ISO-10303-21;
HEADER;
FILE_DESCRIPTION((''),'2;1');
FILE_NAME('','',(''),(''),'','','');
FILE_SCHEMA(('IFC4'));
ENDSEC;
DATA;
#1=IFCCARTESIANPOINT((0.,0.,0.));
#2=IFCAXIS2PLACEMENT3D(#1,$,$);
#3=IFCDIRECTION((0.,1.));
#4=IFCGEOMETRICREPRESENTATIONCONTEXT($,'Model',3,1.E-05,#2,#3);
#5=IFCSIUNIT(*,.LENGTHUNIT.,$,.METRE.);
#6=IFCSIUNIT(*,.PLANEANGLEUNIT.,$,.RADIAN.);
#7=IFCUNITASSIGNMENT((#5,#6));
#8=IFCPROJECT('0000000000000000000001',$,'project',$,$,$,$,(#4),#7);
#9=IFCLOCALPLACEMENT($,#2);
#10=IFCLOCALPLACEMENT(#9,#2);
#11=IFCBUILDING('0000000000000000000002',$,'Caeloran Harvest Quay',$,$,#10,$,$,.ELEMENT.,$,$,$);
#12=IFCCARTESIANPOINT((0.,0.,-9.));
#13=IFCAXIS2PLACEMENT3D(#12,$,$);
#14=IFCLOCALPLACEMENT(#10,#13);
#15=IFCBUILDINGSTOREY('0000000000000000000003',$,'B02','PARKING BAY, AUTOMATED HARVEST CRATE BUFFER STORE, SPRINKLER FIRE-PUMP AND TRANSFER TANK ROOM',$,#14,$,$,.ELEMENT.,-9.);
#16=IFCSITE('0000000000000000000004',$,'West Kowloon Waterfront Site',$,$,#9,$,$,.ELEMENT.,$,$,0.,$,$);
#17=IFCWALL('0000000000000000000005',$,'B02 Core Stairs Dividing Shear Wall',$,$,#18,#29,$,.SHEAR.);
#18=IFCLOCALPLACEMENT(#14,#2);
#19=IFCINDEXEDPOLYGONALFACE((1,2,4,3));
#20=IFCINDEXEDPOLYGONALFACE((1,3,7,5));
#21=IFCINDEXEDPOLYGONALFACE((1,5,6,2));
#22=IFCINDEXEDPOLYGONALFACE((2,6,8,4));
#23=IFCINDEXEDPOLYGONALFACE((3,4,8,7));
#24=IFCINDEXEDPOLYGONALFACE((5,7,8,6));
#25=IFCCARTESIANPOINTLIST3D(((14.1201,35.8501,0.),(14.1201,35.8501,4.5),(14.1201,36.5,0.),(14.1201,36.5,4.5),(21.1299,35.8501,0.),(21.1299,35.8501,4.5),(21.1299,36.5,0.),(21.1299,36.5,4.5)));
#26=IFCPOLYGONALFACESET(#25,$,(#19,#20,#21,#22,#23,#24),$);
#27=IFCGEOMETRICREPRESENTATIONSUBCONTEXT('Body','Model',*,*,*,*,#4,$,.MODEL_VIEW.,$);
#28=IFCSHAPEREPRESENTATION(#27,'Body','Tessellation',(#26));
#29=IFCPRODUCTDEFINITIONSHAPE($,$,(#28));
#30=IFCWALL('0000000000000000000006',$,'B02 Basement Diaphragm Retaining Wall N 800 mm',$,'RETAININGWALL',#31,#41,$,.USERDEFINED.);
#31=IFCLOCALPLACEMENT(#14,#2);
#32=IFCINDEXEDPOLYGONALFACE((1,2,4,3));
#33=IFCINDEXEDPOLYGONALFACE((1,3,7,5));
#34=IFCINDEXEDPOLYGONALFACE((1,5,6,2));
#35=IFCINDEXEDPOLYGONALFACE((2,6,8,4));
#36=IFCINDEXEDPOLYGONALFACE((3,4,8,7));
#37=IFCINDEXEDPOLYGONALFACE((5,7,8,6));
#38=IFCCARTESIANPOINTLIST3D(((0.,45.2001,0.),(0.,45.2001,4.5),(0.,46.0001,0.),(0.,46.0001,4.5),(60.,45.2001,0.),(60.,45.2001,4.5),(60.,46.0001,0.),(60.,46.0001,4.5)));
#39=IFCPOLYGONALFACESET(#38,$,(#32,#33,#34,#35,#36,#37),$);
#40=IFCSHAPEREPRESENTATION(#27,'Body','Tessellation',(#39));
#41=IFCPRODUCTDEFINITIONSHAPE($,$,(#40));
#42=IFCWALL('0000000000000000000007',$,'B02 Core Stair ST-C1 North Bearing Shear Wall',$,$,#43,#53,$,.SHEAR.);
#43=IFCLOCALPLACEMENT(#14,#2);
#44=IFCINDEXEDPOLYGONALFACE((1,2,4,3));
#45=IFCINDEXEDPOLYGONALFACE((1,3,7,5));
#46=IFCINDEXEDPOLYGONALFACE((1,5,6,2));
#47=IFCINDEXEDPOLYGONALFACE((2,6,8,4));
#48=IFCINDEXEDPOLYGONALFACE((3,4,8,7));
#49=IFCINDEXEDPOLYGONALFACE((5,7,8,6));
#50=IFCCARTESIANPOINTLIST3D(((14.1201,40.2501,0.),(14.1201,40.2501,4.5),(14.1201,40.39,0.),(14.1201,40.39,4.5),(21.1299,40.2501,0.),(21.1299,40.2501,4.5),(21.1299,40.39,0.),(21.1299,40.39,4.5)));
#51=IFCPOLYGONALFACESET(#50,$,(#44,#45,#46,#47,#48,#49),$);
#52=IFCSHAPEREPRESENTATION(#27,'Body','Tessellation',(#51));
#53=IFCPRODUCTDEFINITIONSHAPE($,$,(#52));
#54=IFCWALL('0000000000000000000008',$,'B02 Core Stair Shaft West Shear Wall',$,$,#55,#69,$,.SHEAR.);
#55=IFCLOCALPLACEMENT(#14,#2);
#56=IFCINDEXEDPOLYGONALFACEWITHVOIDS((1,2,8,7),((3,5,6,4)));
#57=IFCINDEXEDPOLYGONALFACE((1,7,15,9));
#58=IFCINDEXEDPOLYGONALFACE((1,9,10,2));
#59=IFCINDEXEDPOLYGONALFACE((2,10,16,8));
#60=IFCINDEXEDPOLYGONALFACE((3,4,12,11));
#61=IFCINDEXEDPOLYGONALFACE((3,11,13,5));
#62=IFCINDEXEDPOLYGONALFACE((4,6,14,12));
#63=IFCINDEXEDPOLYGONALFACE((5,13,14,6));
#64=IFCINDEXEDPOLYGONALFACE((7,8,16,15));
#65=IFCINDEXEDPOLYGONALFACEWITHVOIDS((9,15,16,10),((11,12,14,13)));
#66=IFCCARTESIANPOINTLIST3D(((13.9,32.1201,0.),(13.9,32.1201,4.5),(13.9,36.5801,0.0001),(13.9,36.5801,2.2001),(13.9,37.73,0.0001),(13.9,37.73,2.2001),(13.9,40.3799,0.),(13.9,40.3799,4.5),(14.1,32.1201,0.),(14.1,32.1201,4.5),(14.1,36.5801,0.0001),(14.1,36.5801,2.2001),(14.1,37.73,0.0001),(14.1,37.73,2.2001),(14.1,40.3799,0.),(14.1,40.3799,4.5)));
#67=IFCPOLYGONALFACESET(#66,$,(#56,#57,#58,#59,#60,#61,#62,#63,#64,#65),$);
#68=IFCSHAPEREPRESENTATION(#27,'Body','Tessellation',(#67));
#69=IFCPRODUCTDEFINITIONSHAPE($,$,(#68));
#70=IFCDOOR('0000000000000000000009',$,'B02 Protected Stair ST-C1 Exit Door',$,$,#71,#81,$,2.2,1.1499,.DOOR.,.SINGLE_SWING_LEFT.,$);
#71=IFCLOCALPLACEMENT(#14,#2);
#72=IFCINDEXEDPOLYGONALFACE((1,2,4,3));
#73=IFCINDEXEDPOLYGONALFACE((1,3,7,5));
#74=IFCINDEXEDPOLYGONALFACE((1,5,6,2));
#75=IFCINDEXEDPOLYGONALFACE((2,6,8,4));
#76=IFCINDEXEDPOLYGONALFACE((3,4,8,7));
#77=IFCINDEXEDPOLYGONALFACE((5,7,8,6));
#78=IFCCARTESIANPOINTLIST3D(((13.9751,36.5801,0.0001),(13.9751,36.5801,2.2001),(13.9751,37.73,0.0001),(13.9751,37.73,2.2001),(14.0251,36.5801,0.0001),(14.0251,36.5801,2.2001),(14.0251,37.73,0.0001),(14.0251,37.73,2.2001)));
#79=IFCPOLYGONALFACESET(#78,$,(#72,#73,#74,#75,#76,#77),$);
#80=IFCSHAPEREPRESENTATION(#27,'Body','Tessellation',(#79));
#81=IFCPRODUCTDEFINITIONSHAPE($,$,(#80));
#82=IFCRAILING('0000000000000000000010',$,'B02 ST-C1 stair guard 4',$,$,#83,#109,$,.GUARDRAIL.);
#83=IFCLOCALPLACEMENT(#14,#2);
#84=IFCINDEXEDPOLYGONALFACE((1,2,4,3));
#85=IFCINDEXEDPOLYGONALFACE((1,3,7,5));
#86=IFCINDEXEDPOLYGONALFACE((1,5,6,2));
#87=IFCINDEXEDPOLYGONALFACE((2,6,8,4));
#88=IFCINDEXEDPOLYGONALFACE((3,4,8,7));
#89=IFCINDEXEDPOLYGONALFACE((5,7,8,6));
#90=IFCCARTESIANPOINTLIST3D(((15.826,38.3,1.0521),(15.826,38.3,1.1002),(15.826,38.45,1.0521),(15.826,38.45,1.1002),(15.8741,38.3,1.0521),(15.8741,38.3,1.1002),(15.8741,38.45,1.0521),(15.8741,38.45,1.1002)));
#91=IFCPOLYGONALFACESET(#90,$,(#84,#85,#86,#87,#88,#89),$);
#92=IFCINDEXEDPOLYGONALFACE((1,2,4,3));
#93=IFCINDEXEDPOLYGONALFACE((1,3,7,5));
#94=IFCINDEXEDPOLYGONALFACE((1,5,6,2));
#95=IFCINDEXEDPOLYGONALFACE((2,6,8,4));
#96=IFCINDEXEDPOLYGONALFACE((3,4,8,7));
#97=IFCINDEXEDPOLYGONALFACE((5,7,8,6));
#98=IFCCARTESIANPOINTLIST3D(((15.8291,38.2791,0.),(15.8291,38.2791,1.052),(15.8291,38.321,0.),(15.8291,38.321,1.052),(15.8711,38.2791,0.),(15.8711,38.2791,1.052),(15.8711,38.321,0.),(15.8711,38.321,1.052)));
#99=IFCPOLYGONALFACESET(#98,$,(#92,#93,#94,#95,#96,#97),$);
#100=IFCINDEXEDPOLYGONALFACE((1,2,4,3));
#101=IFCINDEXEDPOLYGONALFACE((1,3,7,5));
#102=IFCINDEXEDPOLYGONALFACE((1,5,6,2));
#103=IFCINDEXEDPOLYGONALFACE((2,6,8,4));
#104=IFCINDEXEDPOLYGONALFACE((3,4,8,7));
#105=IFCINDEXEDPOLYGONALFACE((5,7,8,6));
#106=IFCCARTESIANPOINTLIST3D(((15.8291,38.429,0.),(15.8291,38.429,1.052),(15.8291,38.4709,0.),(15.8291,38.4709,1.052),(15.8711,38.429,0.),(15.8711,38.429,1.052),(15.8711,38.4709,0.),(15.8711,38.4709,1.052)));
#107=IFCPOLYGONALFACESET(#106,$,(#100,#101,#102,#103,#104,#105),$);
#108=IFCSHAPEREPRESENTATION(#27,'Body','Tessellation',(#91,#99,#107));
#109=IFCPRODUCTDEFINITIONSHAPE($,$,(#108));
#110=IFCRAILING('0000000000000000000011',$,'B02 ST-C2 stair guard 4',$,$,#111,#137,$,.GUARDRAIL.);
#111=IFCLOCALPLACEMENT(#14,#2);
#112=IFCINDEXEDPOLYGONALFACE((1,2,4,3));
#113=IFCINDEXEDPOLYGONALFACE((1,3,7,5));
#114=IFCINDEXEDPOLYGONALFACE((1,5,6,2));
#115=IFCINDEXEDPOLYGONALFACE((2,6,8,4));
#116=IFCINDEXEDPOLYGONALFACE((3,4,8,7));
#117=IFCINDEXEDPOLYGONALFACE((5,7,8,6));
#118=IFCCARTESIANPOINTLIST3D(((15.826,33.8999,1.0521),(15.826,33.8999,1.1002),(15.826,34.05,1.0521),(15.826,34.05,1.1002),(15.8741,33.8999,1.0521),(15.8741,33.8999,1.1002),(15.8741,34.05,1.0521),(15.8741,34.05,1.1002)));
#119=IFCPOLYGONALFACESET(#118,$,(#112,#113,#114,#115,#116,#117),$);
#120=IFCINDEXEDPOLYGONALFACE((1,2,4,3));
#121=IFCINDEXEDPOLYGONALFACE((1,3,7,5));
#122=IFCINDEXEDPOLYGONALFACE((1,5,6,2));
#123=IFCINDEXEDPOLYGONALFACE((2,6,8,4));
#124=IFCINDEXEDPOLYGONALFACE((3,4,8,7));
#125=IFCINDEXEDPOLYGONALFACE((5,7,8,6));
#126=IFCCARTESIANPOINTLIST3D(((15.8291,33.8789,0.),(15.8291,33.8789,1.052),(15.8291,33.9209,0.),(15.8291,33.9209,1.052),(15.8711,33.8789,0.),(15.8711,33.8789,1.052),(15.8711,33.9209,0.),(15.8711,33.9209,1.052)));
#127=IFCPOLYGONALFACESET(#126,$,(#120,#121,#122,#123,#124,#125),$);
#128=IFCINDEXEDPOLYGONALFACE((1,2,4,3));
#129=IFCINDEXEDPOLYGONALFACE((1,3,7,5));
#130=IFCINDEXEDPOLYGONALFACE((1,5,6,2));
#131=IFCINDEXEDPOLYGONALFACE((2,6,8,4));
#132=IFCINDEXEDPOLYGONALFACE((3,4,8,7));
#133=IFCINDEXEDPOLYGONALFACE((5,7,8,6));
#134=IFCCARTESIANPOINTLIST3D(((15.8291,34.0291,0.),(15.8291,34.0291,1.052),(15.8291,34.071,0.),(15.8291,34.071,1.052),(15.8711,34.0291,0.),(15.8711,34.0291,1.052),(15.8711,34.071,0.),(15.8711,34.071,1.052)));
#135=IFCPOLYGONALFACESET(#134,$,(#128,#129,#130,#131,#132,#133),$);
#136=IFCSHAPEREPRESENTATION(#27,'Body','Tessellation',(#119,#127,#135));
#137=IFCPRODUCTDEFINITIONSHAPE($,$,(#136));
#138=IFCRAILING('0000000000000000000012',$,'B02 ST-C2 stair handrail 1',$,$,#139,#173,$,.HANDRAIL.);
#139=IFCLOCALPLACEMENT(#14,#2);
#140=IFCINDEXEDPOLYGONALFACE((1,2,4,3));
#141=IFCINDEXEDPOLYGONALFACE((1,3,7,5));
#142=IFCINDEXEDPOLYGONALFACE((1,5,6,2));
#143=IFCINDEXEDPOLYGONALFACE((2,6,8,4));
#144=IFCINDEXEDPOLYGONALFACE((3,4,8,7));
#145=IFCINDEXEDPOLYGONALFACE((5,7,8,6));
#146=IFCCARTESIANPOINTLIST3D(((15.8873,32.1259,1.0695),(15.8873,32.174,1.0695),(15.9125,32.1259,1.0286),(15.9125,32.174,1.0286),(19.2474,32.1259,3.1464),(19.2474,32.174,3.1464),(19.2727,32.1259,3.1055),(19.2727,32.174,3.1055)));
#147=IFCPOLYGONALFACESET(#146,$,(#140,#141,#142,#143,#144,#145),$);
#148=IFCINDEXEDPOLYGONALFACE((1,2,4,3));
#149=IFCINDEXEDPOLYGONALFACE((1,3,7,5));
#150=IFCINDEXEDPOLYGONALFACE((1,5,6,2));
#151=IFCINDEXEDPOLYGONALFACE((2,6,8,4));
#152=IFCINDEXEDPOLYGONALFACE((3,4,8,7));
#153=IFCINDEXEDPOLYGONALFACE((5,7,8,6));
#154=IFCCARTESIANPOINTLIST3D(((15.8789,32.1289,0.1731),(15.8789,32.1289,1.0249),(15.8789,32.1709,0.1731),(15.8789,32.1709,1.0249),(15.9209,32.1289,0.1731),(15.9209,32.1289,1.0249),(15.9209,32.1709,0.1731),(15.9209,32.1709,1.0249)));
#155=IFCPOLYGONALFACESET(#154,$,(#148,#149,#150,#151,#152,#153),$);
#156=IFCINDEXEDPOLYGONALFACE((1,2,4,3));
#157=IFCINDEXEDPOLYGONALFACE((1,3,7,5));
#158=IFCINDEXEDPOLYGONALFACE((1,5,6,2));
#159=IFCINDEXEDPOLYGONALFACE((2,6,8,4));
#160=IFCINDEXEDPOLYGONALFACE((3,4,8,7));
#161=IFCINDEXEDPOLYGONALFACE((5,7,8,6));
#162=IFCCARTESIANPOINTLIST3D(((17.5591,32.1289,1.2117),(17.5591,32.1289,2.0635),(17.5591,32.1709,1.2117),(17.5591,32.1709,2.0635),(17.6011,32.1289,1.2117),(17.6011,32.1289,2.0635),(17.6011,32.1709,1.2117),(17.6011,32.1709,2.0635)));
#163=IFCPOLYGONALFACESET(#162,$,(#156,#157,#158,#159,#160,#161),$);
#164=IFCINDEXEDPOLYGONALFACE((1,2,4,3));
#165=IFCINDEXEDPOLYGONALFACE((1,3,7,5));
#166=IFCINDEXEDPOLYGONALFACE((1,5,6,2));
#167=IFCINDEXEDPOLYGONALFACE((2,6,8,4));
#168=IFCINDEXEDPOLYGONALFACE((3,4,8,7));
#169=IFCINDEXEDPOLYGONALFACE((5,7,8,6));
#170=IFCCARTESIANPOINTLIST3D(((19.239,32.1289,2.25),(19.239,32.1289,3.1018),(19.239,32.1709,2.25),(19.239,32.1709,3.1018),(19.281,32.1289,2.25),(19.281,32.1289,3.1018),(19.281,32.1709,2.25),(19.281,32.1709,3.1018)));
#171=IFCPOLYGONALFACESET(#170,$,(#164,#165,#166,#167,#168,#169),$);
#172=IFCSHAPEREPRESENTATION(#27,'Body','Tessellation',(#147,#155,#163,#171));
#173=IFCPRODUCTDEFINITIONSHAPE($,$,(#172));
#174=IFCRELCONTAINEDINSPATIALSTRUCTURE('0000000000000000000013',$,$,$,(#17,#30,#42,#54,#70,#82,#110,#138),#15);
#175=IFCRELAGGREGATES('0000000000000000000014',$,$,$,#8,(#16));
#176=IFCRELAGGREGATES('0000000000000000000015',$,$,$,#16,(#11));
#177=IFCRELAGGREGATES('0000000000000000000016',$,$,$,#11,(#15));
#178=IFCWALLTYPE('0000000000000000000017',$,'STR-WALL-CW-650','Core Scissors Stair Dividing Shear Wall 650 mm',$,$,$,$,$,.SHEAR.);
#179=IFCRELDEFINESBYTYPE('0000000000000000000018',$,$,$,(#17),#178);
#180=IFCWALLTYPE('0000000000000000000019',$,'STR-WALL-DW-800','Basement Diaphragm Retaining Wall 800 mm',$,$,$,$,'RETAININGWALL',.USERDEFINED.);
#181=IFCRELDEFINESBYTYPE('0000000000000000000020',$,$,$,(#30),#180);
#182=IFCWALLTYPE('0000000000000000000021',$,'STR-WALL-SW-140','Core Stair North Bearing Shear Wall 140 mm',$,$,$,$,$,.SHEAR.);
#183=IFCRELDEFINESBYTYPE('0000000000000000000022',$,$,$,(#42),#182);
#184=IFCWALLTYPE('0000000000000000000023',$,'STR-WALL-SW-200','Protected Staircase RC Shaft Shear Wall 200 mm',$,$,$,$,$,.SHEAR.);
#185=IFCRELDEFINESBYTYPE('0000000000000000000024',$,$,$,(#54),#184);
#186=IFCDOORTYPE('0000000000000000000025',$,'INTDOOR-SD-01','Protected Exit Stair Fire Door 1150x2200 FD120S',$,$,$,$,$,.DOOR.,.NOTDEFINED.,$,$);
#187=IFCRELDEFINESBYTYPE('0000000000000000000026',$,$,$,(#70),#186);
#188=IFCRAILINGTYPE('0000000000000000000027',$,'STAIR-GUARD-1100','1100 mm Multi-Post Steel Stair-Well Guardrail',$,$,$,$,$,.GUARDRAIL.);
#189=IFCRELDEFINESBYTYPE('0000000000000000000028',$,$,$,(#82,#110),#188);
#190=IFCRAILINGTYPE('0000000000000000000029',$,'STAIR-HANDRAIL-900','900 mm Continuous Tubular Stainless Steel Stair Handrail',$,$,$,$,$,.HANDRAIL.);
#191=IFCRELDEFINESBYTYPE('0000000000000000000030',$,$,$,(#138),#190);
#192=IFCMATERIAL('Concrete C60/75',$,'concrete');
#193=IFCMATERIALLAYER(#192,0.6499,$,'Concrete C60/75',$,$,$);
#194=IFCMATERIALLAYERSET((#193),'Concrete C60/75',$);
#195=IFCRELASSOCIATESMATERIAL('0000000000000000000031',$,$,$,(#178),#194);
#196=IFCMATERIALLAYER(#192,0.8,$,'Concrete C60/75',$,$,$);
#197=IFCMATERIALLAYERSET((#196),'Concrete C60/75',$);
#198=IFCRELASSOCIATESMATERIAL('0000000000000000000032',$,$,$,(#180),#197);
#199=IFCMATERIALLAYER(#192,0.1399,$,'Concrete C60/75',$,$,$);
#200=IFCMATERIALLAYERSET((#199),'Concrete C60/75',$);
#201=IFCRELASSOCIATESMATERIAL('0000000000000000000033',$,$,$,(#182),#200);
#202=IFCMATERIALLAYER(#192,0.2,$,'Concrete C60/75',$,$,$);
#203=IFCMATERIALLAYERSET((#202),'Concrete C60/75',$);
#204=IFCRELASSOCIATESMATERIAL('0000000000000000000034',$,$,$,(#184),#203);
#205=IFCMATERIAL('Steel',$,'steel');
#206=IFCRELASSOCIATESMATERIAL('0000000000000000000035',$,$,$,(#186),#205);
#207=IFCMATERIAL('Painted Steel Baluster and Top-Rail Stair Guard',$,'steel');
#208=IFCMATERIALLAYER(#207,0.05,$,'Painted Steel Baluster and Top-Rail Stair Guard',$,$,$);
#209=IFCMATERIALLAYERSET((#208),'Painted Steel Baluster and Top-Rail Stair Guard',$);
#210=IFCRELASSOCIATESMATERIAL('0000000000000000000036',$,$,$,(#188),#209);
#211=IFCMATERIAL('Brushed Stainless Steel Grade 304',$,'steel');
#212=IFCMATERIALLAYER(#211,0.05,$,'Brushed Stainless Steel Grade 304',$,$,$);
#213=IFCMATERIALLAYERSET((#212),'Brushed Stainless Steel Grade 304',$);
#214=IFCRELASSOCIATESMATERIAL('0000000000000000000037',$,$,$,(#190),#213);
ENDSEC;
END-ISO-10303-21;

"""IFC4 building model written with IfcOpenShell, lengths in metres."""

from ifc_helpers import new_model, si_unit, direction, frame, frame_2d, origin, origin_2d, place, context, subcontext, project, spatial, rectangle, extrude, material, layer, layer_set, type_object, element, fill, save


model = new_model("IFC4")

# Units and contexts
model_context = context("Model", 3, precision=1e-05, world=origin(), true_north=direction((0.0, 1.0)))
body_context = subcontext(model_context, "Body", "Model", "MODEL_VIEW")
ifc_project = project(units=[si_unit("LENGTHUNIT", "METRE"), si_unit("PLANEANGLEUNIT", "RADIAN")], contexts=[model_context])

# Site, building, storey
site_placement = place(None, origin())
site = spatial("IfcSite", under=ifc_project, at=site_placement, Name="West Kowloon Waterfront Site", CompositionType="ELEMENT", RefElevation=0.0)
building_placement = place(site_placement, origin())
building = spatial("IfcBuilding", under=site, at=building_placement, Name="Caeloran Harvest Quay", CompositionType="ELEMENT")
storey_placement = place(building_placement, frame((0.0, 0.0, -9.0)))
storey = spatial("IfcBuildingStorey", under=building, at=storey_placement, Name="B02", Description="PARKING BAY, AUTOMATED HARVEST CRATE BUFFER STORE, SPRINKLER FIRE-PUMP AND TRANSFER TANK ROOM", CompositionType="ELEMENT", Elevation=-9.0)

# Shared definitions
ifc_material_1 = material(Name="Steel", Category="steel")

# Walls
ifc_material_2 = material(Name="Concrete C60/75", Category="concrete")
ifc_layer_1 = layer(ifc_material_2, 0.6499, Name="Concrete C60/75")
ifc_layer_set_1 = layer_set([ifc_layer_1], Name="Concrete C60/75")
wall_type_1 = type_object("IfcWallType", Name="STR-WALL-CW-650", Description="Core Scissors Stair Dividing Shear Wall 650 mm", PredefinedType="SHEAR", material=ifc_layer_set_1)
wall_1_placement = place(storey_placement, frame((14.1201, 36.175, 0.0), z_axis=(0.0, 0.0, 1.0), x_axis=(1.0, 0.0, 0.0)))
element("IfcWall", 1, at=wall_1_placement, inside=storey, type_object=wall_type_1, Name="B02 Core Stairs Dividing Shear Wall", PredefinedType="SHEAR", context=body_context, shape_type="SweptSolid", body=[
    extrude(rectangle(XDim=7.0098, YDim=0.6499, at=frame_2d((3.5049, 0.0))), origin(), (0.0, 0.0, 1.0), 4.5),
])
ifc_layer_2 = layer(ifc_material_2, 0.8, Name="Concrete C60/75")
ifc_layer_set_2 = layer_set([ifc_layer_2], Name="Concrete C60/75")
wall_type_2 = type_object("IfcWallType", Name="STR-WALL-DW-800", Description="Basement Diaphragm Retaining Wall 800 mm", ElementType="RETAININGWALL", PredefinedType="USERDEFINED", material=ifc_layer_set_2)
wall_2_placement = place(storey_placement, frame((0.0, 45.6001, 0.0), z_axis=(0.0, 0.0, 1.0), x_axis=(1.0, 0.0, 0.0)))
element("IfcWall", 2, at=wall_2_placement, inside=storey, type_object=wall_type_2, Name="B02 Basement Diaphragm Retaining Wall N 800 mm", ObjectType="RETAININGWALL", PredefinedType="USERDEFINED", context=body_context, shape_type="SweptSolid", body=[
    extrude(rectangle(XDim=60.0, YDim=0.8, at=frame_2d((30.0, 0.0))), origin(), (0.0, 0.0, 1.0), 4.5),
])
ifc_layer_3 = layer(ifc_material_2, 0.1399, Name="Concrete C60/75")
ifc_layer_set_3 = layer_set([ifc_layer_3], Name="Concrete C60/75")
wall_type_3 = type_object("IfcWallType", Name="STR-WALL-SW-140", Description="Core Stair North Bearing Shear Wall 140 mm", PredefinedType="SHEAR", material=ifc_layer_set_3)
wall_3_placement = place(storey_placement, frame((14.1201, 40.3201, 0.0), z_axis=(0.0, 0.0, 1.0), x_axis=(1.0, 0.0, 0.0)))
element("IfcWall", 3, at=wall_3_placement, inside=storey, type_object=wall_type_3, Name="B02 Core Stair ST-C1 North Bearing Shear Wall", PredefinedType="SHEAR", context=body_context, shape_type="SweptSolid", body=[
    extrude(rectangle(XDim=7.0098, YDim=0.1399, at=frame_2d((3.5049, 0.0))), origin(), (0.0, 0.0, 1.0), 4.5),
])

# Wall, opening, door
ifc_layer_4 = layer(ifc_material_2, 0.2, Name="Concrete C60/75")
ifc_layer_set_4 = layer_set([ifc_layer_4], Name="Concrete C60/75")
wall_type_4 = type_object("IfcWallType", Name="STR-WALL-SW-200", Description="Protected Staircase RC Shaft Shear Wall 200 mm", PredefinedType="SHEAR", material=ifc_layer_set_4)
wall_4_placement = place(storey_placement, frame((14.0, 32.1201, 0.0), z_axis=(0.0, 0.0, 1.0), x_axis=(0.0, 1.0, 0.0)))
wall_4 = element("IfcWall", 4, at=wall_4_placement, inside=storey, type_object=wall_type_4, Name="B02 Core Stair Shaft West Shear Wall", PredefinedType="SHEAR", context=body_context, shape_type="SweptSolid", body=[
    extrude(rectangle(XDim=8.2598, YDim=0.2, at=frame_2d((4.1299, 0.0))), origin(), (0.0, 0.0, 1.0), 4.5),
])
opening_1_placement = place(wall_4_placement, frame((4.46, 0.0, 0.0)))
opening_1 = element("IfcOpeningElement", 5, at=opening_1_placement, cuts=wall_4, PredefinedType="OPENING", context=body_context, shape_type="SweptSolid", body=[
    extrude(rectangle(XDim=1.1499, YDim=2.2, at=frame_2d((0.575, 1.1001))), frame((0.0, 0.1099, 0.0), z_axis=(0.0, -1.0, 0.0), x_axis=(1.0, 0.0, 0.0)), (0.0, 0.0, 1.0), 0.22),
])
door_type_1 = type_object("IfcDoorType", Name="INTDOOR-SD-01", Description="Protected Exit Stair Fire Door 1150x2200 FD120S", OperationType="NOTDEFINED", PredefinedType="DOOR", material=ifc_material_1)
door_1_placement = place(opening_1_placement, origin())
door_1 = element("IfcDoor", 6, at=door_1_placement, inside=storey, type_object=door_type_1, Name="B02 Protected Stair ST-C1 Exit Door", OperationType="SINGLE_SWING_LEFT", OverallHeight=2.2, OverallWidth=1.1499, PredefinedType="DOOR", context=body_context, shape_type="SweptSolid", body=[
    extrude(rectangle(XDim=1.1499, YDim=2.2, at=frame_2d((0.575, 1.1001))), frame((0.0, 0.0249, 0.0), z_axis=(0.0, -1.0, 0.0), x_axis=(1.0, 0.0, 0.0)), (0.0, 0.0, 1.0), 0.05),
])
fill(opening_1, door_1)

# Railings
ifc_material_3 = material(Name="Painted Steel Baluster and Top-Rail Stair Guard", Category="steel")
ifc_layer_5 = layer(ifc_material_3, 0.05, Name="Painted Steel Baluster and Top-Rail Stair Guard")
ifc_layer_set_5 = layer_set([ifc_layer_5], Name="Painted Steel Baluster and Top-Rail Stair Guard")
railing_type_1 = type_object("IfcRailingType", Name="STAIR-GUARD-1100", Description="1100 mm Multi-Post Steel Stair-Well Guardrail", PredefinedType="GUARDRAIL", material=ifc_layer_set_5)
railing_1_placement = place(storey_placement, frame((15.8501, 38.3, 0.0)))
element("IfcRailing", 7, at=railing_1_placement, inside=storey, type_object=railing_type_1, Name="B02 ST-C1 stair guard 4", PredefinedType="GUARDRAIL", context=body_context, shape_type="SweptSolid", body=[
    extrude(rectangle(XDim=0.0481, YDim=0.0481, at=origin_2d()), frame((0.0, 0.0, 1.0762), z_axis=(0.0, 1.0, 0.0), x_axis=(-1.0, 0.0, 0.0)), (0.0, 0.0, 1.0), 0.1499),
    extrude(rectangle(XDim=0.042, YDim=0.042, at=origin_2d()), origin(), (0.0, 0.0, 1.0), 1.052),
    extrude(rectangle(XDim=0.042, YDim=0.042, at=origin_2d()), frame((0.0, 0.1499, 0.0)), (0.0, 0.0, 1.0), 1.052),
])
railing_2_placement = place(storey_placement, frame((15.8501, 33.8999, 0.0)))
element("IfcRailing", 8, at=railing_2_placement, inside=storey, type_object=railing_type_1, Name="B02 ST-C2 stair guard 4", PredefinedType="GUARDRAIL", context=body_context, shape_type="SweptSolid", body=[
    extrude(rectangle(XDim=0.0481, YDim=0.0481, at=origin_2d()), frame((0.0, 0.0, 1.0762), z_axis=(0.0, 1.0, 0.0), x_axis=(-1.0, 0.0, 0.0)), (0.0, 0.0, 1.0), 0.1501),
    extrude(rectangle(XDim=0.042, YDim=0.042, at=origin_2d()), origin(), (0.0, 0.0, 1.0), 1.052),
    extrude(rectangle(XDim=0.042, YDim=0.042, at=origin_2d()), frame((0.0, 0.1501, 0.0)), (0.0, 0.0, 1.0), 1.052),
])
ifc_material_4 = material(Name="Brushed Stainless Steel Grade 304", Category="steel")
ifc_layer_6 = layer(ifc_material_4, 0.05, Name="Brushed Stainless Steel Grade 304")
ifc_layer_set_6 = layer_set([ifc_layer_6], Name="Brushed Stainless Steel Grade 304")
railing_type_2 = type_object("IfcRailingType", Name="STAIR-HANDRAIL-900", Description="900 mm Continuous Tubular Stainless Steel Stair Handrail", PredefinedType="HANDRAIL", material=ifc_layer_set_6)
railing_3_placement = place(storey_placement, frame((15.8999, 32.1499, 0.1731)))
element("IfcRailing", 9, at=railing_3_placement, inside=storey, type_object=railing_type_2, Name="B02 ST-C2 stair handrail 1", PredefinedType="HANDRAIL", context=body_context, shape_type="SweptSolid", body=[
    extrude(rectangle(XDim=0.0481, YDim=0.0481, at=origin_2d()), frame((0.0, 0.0, 0.876), z_axis=(0.850623, 0.0, 0.525776), x_axis=(0.0, 1.0, 0.0)), (0.0, 0.0, 1.0), 3.9502),
    extrude(rectangle(XDim=0.042, YDim=0.042, at=origin_2d()), origin(), (0.0, 0.0, 1.0), 0.8518),
    extrude(rectangle(XDim=0.042, YDim=0.042, at=origin_2d()), frame((1.6802, 0.0, 1.0386)), (0.0, 0.0, 1.0), 0.8518),
    extrude(rectangle(XDim=0.042, YDim=0.042, at=origin_2d()), frame((3.3601, 0.0, 2.0769)), (0.0, 0.0, 1.0), 0.8518),
])

save(model, "model.ifc")
